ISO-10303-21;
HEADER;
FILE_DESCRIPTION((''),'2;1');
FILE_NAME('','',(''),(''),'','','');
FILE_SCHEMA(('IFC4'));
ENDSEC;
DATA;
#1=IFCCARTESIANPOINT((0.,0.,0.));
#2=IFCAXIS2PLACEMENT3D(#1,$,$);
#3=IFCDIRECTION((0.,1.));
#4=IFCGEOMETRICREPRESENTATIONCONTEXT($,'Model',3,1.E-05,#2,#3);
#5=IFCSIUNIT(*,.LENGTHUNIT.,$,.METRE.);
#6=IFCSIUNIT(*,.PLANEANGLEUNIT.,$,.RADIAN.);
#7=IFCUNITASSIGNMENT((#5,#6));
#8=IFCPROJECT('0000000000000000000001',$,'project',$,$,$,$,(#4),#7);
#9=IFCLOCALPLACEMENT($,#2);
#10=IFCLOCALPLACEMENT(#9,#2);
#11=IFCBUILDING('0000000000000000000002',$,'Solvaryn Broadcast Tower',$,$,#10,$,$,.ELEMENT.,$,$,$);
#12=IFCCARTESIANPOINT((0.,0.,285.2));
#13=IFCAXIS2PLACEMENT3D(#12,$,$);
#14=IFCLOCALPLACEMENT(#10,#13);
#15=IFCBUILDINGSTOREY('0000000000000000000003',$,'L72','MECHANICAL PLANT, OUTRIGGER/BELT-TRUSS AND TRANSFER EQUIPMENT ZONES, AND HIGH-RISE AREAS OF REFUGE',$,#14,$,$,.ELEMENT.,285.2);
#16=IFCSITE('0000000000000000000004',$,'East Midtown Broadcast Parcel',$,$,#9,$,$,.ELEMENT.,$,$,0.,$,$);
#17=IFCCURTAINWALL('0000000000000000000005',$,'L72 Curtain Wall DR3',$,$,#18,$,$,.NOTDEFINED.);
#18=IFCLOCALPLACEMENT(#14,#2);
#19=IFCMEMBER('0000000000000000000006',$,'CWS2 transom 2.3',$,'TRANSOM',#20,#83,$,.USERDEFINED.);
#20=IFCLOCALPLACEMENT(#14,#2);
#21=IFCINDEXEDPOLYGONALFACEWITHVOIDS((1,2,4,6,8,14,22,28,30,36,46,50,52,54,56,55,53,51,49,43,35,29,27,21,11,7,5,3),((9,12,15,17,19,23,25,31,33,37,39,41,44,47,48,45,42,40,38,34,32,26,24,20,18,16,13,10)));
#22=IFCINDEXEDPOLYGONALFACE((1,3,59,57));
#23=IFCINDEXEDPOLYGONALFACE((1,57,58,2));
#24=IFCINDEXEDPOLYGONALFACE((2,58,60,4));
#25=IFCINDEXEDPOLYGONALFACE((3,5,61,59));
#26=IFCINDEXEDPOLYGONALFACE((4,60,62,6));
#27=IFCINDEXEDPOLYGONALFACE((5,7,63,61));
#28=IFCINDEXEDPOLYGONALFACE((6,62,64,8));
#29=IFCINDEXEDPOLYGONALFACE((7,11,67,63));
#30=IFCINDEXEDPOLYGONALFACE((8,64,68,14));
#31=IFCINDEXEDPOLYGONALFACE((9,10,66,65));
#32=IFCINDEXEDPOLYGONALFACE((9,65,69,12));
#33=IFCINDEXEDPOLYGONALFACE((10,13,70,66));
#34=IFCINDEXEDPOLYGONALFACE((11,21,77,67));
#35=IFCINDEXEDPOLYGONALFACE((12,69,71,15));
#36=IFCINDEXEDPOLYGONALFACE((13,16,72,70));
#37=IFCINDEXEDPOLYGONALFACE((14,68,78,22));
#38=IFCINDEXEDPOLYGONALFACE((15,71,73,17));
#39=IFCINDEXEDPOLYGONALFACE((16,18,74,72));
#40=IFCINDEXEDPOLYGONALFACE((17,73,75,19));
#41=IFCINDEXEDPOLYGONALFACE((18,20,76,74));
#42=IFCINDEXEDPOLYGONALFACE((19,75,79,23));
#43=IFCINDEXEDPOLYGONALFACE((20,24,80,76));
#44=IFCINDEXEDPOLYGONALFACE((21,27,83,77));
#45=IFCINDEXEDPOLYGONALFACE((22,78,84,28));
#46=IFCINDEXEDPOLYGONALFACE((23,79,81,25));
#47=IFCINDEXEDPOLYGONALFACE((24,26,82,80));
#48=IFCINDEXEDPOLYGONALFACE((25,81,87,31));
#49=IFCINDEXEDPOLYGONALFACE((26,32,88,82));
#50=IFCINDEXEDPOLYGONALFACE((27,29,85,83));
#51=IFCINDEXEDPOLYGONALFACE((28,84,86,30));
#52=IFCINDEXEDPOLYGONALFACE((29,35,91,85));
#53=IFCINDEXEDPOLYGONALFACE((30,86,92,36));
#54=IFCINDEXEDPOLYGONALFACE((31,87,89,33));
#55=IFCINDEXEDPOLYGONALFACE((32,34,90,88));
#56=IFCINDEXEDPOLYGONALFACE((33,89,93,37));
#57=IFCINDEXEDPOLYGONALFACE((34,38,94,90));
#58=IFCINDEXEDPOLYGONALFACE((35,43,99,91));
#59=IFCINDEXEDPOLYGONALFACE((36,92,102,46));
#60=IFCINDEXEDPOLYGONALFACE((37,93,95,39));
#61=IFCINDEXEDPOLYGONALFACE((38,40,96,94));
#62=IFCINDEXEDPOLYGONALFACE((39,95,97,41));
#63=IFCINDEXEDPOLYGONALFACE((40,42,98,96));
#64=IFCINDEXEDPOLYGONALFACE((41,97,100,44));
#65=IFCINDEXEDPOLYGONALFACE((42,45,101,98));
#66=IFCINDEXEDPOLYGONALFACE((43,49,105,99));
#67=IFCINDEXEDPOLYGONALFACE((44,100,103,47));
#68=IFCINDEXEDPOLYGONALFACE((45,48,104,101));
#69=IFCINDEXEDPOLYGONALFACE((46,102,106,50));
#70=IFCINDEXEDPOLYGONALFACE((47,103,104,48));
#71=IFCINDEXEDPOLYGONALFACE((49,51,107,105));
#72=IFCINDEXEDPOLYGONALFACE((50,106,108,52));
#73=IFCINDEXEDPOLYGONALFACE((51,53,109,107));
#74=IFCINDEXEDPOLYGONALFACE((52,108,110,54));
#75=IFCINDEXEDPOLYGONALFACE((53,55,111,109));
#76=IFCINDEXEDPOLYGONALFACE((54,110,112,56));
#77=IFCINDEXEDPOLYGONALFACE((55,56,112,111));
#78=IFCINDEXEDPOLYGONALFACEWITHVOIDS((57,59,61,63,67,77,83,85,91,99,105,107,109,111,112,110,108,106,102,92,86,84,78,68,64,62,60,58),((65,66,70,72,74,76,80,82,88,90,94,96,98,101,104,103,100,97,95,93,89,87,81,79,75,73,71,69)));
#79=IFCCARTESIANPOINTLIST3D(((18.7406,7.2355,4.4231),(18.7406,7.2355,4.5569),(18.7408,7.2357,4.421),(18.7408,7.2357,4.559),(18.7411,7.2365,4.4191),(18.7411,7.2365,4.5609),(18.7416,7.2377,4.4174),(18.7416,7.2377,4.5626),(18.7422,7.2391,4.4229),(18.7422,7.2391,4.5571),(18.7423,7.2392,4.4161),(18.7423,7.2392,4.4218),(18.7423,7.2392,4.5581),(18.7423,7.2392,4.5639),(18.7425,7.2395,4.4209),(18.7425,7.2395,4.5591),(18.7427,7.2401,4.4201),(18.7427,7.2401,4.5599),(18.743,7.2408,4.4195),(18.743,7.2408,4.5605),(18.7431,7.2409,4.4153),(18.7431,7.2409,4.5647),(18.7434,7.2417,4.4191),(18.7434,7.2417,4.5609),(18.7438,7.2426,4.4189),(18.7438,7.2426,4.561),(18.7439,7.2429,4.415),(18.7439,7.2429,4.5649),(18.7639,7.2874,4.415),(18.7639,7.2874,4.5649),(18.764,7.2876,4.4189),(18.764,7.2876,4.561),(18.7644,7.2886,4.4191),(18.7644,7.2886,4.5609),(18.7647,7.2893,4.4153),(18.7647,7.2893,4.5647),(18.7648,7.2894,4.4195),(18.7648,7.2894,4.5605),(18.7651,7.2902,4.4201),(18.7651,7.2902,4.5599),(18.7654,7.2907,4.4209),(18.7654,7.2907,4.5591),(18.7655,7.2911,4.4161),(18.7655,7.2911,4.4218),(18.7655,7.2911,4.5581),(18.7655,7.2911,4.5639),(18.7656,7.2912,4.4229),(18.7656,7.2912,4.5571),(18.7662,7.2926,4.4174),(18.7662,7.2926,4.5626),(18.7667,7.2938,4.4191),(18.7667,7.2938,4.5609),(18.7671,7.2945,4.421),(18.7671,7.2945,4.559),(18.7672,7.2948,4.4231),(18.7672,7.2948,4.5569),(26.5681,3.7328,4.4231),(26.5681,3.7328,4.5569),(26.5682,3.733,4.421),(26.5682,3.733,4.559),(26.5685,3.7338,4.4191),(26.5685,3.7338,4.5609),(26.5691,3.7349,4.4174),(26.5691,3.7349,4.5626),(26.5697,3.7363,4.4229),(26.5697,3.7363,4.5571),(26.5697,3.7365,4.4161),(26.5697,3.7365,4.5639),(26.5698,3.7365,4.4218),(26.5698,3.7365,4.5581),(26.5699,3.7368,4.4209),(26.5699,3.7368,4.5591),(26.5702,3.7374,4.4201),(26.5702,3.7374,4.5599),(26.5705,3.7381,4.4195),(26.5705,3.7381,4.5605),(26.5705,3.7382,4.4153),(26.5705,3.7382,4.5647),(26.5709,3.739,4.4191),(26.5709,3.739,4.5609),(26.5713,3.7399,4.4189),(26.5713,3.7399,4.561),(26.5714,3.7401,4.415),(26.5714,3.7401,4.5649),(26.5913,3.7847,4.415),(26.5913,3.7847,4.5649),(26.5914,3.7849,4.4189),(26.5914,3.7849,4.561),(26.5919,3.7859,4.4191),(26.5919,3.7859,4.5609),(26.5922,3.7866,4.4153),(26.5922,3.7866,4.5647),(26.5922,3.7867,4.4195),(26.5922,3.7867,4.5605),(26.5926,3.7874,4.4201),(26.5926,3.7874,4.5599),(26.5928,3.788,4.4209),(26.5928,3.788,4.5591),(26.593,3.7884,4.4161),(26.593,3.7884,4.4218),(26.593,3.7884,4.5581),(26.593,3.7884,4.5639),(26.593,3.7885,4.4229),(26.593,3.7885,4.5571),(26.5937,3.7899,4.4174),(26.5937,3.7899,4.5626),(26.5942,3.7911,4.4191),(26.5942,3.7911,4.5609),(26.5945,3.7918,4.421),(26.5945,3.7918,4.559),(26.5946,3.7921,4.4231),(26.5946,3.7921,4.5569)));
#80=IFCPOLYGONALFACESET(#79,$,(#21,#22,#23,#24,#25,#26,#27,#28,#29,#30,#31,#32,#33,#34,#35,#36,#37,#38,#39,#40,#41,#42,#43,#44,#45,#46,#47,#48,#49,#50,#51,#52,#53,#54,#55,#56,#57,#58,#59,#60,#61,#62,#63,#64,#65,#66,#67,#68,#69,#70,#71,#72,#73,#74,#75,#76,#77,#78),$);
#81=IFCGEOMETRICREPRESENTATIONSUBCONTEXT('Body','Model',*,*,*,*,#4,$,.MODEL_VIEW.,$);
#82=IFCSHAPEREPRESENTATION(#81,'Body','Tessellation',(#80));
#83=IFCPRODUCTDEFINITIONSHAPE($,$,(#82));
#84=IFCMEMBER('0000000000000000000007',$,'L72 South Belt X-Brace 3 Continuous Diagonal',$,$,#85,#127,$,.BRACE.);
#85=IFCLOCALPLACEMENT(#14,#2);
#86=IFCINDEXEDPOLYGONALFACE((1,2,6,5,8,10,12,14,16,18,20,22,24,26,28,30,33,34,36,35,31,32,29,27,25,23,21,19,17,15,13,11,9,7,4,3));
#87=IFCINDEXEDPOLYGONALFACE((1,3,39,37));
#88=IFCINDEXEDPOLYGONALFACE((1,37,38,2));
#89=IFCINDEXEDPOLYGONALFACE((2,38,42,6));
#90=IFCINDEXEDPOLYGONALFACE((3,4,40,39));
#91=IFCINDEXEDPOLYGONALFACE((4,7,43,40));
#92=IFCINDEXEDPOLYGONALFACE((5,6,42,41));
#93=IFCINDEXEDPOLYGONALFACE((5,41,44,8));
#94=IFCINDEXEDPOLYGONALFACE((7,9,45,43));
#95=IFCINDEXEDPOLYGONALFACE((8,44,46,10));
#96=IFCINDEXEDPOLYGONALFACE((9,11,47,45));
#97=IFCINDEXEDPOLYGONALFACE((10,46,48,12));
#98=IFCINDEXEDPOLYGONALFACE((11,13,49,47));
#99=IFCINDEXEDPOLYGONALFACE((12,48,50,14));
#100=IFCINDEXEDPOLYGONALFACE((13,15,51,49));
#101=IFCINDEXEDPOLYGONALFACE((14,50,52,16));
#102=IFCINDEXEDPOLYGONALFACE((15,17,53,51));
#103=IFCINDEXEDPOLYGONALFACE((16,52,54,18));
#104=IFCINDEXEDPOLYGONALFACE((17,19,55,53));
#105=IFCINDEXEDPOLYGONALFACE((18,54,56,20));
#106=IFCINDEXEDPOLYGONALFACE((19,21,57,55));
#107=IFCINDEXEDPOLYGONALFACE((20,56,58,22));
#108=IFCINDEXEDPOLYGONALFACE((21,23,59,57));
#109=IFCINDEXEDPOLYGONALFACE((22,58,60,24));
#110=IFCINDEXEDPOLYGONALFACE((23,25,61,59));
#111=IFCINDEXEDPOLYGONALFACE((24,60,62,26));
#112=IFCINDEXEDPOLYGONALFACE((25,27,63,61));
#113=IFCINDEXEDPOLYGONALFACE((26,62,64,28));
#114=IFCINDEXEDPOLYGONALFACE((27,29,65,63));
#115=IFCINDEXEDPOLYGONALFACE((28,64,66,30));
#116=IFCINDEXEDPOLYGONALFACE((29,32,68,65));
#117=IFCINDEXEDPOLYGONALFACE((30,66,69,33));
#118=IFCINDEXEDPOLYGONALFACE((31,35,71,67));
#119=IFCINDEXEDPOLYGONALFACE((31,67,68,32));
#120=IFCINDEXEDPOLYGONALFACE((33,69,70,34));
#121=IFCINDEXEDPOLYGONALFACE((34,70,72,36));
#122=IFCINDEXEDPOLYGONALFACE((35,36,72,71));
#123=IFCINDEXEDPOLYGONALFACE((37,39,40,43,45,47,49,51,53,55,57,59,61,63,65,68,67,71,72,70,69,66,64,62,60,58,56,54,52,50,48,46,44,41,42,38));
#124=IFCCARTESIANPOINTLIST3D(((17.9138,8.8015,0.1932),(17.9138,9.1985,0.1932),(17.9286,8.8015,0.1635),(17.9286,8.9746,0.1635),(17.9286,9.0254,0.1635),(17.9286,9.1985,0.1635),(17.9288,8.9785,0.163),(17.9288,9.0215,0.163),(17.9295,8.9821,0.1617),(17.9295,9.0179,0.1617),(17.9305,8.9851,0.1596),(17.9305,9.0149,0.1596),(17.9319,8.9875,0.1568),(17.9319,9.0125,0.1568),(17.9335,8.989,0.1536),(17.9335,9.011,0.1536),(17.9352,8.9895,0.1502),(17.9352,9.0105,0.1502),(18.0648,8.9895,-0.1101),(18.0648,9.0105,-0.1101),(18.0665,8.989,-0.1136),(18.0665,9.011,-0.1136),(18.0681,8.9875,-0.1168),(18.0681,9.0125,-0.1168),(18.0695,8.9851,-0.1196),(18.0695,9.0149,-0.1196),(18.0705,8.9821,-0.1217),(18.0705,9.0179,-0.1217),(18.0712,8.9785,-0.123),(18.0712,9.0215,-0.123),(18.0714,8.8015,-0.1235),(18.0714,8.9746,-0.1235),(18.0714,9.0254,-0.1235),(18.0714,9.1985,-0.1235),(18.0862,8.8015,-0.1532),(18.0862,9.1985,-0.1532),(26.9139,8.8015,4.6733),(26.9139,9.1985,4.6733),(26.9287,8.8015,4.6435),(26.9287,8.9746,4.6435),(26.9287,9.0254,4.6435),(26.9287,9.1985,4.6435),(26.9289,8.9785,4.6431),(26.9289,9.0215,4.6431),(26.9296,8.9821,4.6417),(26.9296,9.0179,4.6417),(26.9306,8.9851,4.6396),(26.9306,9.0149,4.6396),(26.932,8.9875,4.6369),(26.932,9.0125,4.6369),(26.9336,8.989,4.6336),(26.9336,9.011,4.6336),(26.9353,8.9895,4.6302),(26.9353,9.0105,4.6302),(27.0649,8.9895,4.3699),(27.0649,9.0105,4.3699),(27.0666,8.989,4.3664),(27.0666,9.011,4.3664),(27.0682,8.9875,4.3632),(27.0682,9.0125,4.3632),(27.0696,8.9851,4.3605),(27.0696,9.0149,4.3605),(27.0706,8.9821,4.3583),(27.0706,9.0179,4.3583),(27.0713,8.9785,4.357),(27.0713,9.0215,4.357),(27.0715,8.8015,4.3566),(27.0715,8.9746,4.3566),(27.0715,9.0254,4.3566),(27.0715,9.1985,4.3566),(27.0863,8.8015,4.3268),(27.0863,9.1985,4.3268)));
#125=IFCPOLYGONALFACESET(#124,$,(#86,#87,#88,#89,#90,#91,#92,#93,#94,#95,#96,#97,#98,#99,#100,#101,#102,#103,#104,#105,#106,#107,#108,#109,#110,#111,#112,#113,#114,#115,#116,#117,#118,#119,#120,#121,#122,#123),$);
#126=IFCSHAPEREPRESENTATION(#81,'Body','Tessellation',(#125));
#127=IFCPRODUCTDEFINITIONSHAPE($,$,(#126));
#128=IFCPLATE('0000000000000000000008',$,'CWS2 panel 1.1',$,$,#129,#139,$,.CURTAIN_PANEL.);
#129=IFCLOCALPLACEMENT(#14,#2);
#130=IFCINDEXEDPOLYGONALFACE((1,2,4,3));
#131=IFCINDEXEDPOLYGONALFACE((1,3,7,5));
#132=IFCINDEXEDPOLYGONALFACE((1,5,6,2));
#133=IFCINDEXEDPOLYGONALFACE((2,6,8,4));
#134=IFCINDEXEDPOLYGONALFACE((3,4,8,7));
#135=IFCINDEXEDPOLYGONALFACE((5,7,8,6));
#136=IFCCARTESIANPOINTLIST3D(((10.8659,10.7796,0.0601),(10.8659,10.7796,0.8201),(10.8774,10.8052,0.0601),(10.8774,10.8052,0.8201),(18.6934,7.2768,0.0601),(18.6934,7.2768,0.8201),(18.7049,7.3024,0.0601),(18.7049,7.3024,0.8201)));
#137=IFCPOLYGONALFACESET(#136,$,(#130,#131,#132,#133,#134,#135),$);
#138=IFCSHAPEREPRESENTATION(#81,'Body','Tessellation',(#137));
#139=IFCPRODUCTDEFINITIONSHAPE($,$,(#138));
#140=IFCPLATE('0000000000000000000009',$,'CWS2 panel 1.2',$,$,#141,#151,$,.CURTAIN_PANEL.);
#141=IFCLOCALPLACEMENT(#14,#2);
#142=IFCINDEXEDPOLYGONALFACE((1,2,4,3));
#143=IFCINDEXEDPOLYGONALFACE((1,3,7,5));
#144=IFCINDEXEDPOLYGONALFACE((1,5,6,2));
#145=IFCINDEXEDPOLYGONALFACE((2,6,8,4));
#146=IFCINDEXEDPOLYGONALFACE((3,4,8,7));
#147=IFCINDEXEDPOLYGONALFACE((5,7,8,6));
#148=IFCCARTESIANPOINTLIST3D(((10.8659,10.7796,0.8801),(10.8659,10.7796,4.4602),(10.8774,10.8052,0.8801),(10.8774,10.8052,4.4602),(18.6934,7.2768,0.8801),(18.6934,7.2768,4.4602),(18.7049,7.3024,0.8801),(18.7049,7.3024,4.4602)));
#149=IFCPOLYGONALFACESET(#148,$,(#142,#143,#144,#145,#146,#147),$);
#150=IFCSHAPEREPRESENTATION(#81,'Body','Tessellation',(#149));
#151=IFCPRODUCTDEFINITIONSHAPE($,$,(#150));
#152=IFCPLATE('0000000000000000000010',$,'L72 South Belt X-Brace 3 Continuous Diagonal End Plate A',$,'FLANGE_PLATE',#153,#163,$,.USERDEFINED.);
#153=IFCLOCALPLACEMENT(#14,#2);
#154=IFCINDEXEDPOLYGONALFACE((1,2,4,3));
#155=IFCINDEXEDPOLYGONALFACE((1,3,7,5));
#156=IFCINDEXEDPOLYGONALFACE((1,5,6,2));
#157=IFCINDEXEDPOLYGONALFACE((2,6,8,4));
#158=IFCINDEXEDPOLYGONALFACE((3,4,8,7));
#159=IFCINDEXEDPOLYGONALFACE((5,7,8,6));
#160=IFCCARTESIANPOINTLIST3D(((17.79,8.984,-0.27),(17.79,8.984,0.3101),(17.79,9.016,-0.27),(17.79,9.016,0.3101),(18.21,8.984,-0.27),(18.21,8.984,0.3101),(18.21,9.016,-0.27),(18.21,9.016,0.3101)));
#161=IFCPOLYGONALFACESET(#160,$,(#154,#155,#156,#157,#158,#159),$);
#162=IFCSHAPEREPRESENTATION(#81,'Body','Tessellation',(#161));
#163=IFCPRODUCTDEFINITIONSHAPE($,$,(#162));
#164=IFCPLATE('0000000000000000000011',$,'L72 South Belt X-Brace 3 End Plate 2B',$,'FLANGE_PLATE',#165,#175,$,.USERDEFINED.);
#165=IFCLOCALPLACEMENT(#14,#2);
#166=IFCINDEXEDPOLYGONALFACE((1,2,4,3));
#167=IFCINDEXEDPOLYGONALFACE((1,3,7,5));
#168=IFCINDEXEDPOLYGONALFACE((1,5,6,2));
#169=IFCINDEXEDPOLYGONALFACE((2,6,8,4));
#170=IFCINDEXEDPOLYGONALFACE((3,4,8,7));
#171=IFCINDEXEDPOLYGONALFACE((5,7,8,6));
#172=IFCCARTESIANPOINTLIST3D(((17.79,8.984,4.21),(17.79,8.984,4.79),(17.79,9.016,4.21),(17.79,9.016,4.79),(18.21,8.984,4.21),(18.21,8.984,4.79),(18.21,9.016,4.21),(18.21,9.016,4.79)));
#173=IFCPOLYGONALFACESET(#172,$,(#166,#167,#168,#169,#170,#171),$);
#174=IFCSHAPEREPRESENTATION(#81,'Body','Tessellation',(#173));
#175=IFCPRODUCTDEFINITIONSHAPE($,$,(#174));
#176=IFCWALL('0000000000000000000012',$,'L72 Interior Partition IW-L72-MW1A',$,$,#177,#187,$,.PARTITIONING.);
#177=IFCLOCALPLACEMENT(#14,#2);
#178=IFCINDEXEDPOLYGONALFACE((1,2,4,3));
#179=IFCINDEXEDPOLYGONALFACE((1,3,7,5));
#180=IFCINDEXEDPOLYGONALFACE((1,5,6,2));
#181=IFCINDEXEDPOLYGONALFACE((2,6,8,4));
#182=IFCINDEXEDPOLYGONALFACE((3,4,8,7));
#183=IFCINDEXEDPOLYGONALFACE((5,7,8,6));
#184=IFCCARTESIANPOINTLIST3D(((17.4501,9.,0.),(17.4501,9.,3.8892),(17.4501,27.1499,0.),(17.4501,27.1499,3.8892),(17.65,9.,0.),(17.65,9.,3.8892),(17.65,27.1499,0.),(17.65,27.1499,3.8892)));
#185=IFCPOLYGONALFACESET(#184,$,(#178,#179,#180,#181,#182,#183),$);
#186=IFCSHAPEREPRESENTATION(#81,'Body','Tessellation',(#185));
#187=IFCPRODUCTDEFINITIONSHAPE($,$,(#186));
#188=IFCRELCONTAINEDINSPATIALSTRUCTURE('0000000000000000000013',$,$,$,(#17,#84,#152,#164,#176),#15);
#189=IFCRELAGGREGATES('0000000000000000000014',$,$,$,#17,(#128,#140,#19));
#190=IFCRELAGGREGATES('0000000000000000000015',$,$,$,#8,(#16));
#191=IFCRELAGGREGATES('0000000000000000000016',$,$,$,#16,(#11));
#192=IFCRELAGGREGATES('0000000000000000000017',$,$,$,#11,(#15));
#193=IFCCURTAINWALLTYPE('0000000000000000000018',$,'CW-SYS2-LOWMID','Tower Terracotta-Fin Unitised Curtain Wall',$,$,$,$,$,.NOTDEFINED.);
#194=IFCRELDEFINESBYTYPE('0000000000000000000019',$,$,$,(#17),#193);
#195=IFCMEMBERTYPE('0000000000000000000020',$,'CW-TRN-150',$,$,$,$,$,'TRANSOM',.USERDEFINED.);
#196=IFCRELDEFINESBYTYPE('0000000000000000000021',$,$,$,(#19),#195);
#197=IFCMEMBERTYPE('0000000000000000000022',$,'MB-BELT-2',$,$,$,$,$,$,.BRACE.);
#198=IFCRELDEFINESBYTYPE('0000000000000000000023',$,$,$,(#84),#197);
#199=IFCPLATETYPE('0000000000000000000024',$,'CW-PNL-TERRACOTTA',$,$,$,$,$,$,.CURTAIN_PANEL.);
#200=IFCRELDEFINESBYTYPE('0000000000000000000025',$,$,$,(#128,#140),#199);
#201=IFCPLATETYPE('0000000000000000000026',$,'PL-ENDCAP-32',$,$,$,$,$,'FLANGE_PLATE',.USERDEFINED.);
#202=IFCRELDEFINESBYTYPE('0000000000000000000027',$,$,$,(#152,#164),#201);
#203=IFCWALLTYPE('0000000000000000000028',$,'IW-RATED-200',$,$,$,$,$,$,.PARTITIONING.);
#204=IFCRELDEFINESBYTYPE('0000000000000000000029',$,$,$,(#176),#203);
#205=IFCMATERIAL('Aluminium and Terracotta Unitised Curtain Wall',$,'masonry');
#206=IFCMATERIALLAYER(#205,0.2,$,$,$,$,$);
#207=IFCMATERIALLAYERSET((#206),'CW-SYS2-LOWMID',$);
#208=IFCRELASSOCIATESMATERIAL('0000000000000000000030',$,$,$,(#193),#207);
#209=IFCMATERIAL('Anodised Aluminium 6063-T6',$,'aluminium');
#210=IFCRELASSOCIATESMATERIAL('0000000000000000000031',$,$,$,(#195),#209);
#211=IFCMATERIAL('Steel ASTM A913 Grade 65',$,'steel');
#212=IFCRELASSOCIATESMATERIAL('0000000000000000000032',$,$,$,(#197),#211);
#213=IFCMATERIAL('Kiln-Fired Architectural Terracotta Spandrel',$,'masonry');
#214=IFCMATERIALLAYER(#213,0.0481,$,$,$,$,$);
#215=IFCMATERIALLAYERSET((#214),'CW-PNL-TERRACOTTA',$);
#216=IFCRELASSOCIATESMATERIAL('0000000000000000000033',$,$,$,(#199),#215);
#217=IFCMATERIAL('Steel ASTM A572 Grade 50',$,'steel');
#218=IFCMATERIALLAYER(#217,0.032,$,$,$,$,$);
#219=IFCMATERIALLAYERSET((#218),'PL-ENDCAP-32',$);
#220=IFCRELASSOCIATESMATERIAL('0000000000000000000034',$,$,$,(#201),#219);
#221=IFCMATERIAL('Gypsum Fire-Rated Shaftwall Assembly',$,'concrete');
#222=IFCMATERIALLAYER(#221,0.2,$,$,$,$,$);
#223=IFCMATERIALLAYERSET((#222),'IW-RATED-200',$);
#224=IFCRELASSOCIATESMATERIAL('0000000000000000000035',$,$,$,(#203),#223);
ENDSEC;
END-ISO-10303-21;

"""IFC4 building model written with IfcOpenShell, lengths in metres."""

from ifc_helpers import new_model, si_unit, direction, frame, frame_2d, origin, origin_2d, place, context, subcontext, project, spatial, rectangle, hollow_rectangle, i_section, extrude, material, layer, layer_set, material_profile, profile_set, type_object, element, aggregate, save


model = new_model("IFC4")

# Units and contexts
model_context = context("Model", 3, precision=1e-05, world=origin(), true_north=direction((0.0, 1.0)))
body_context = subcontext(model_context, "Body", "Model", "MODEL_VIEW")
ifc_project = project(units=[si_unit("LENGTHUNIT", "METRE"), si_unit("PLANEANGLEUNIT", "RADIAN")], contexts=[model_context])

# Site, building, storey
site_placement = place(None, origin())
site = spatial("IfcSite", under=ifc_project, at=site_placement, Name="East Midtown Broadcast Parcel", CompositionType="ELEMENT", RefElevation=0.0)
building_placement = place(site_placement, origin())
building = spatial("IfcBuilding", under=site, at=building_placement, Name="Solvaryn Broadcast Tower", CompositionType="ELEMENT")
storey_placement = place(building_placement, frame((0.0, 0.0, 285.2)))
storey = spatial("IfcBuildingStorey", under=building, at=storey_placement, Name="L72", Description="MECHANICAL PLANT, OUTRIGGER/BELT-TRUSS AND TRANSFER EQUIPMENT ZONES, AND HIGH-RISE AREAS OF REFUGE", CompositionType="ELEMENT", Elevation=285.2)

# Curtain wall, member
ifc_material_1 = material(Name="Aluminium and Terracotta Unitised Curtain Wall", Category="masonry")
ifc_layer_1 = layer(ifc_material_1, 0.2)
ifc_layer_set_1 = layer_set([ifc_layer_1], Name="CW-SYS2-LOWMID")
curtain_wall_type = type_object("IfcCurtainWallType", Name="CW-SYS2-LOWMID", Description="Tower Terracotta-Fin Unitised Curtain Wall", PredefinedType="NOTDEFINED", material=ifc_layer_set_1)
curtain_wall_placement = place(storey_placement, origin())
curtain_wall = element("IfcCurtainWall", 1, at=curtain_wall_placement, inside=storey, type_object=curtain_wall_type, Name="L72 Curtain Wall DR3", PredefinedType="NOTDEFINED")
ifc_material_2 = material(Name="Anodised Aluminium 6063-T6", Category="aluminium")
ifc_material_profile_1 = material_profile(ifc_material_2, hollow_rectangle(XDim=0.0649, YDim=0.1499, WallThickness=0.0039, InnerFilletRadius=0.0039, OuterFilletRadius=0.0081, at=origin_2d()))
ifc_profile_set_1 = profile_set([ifc_material_profile_1], Name="Anodised Aluminium 6063-T6")
member_type_1 = type_object("IfcMemberType", Name="CW-TRN-150", ElementType="TRANSOM", PredefinedType="USERDEFINED", material=ifc_profile_set_1)
member_1_placement = place(storey_placement, frame((18.7539, 7.2651, 4.49), z_axis=(0.912777, -0.408459, 0.0), x_axis=(0.408459, 0.912777, 0.0)))
member_1 = element("IfcMember", 2, at=member_1_placement, type_object=member_type_1, Name="CWS2 transom 2.3", ObjectType="TRANSOM", PredefinedType="USERDEFINED", context=body_context, shape_type="SweptSolid", body=[
    extrude(hollow_rectangle(XDim=0.0649, YDim=0.1499, WallThickness=0.0039, InnerFilletRadius=0.0039, OuterFilletRadius=0.0081, at=origin_2d()), origin(), (0.0, 0.0, 1.0), 8.5754),
])

# Member
ifc_material_3 = material(Name="Steel ASTM A913 Grade 65", Category="steel")
ifc_material_profile_2 = material_profile(ifc_material_3, i_section(OverallWidth=0.397, OverallDepth=0.387, WebThickness=0.021, FlangeThickness=0.0332, FilletRadius=0.0149, at=origin_2d()))
ifc_profile_set_2 = profile_set([ifc_material_profile_2], Name="Steel ASTM A913 Grade 65")
member_type_2 = type_object("IfcMemberType", Name="MB-BELT-2", PredefinedType="BRACE", material=ifc_profile_set_2)
member_2_placement = place(storey_placement, frame((18.0, 9.0, 0.02), z_axis=(0.895222, 0.0, 0.44562), x_axis=(0.0, 1.0, 0.0)))
element("IfcMember", 3, at=member_2_placement, inside=storey, type_object=member_type_2, Name="L72 South Belt X-Brace 3 Continuous Diagonal", PredefinedType="BRACE", context=body_context, shape_type="SweptSolid", body=[
    extrude(i_section(OverallWidth=0.397, OverallDepth=0.387, WebThickness=0.021, FlangeThickness=0.0332, FilletRadius=0.0149, at=origin_2d()), origin(), (0.0, 0.0, 1.0), 10.0535),
])

# Plates
ifc_material_4 = material(Name="Kiln-Fired Architectural Terracotta Spandrel", Category="masonry")
ifc_layer_2 = layer(ifc_material_4, 0.0481)
ifc_layer_set_2 = layer_set([ifc_layer_2], Name="CW-PNL-TERRACOTTA")
plate_type_1 = type_object("IfcPlateType", Name="CW-PNL-TERRACOTTA", PredefinedType="CURTAIN_PANEL", material=ifc_layer_set_2)
plate_1_placement = place(storey_placement, frame((14.7854, 9.041, 0.0601), z_axis=(0.0, 0.0, 1.0), x_axis=(0.912774, -0.408466, 0.0)))
plate_1 = element("IfcPlate", 4, at=plate_1_placement, type_object=plate_type_1, Name="CWS2 panel 1.1", PredefinedType="CURTAIN_PANEL", context=body_context, shape_type="SweptSolid", body=[
    extrude(rectangle(XDim=8.5754, YDim=0.0281, at=origin_2d()), origin(), (0.0, 0.0, 1.0), 0.76),
])
plate_2_placement = place(storey_placement, frame((14.7854, 9.041, 0.8801), z_axis=(0.0, 0.0, 1.0), x_axis=(0.912774, -0.408466, 0.0)))
plate_2 = element("IfcPlate", 5, at=plate_2_placement, type_object=plate_type_1, Name="CWS2 panel 1.2", PredefinedType="CURTAIN_PANEL", context=body_context, shape_type="SweptSolid", body=[
    extrude(rectangle(XDim=8.5754, YDim=0.0281, at=origin_2d()), origin(), (0.0, 0.0, 1.0), 3.5801),
])
aggregate(curtain_wall, [plate_1, plate_2, member_1])

# Plates
ifc_material_5 = material(Name="Steel ASTM A572 Grade 50", Category="steel")
ifc_layer_3 = layer(ifc_material_5, 0.032)
ifc_layer_set_3 = layer_set([ifc_layer_3], Name="PL-ENDCAP-32")
plate_type_2 = type_object("IfcPlateType", Name="PL-ENDCAP-32", ElementType="FLANGE_PLATE", PredefinedType="USERDEFINED", material=ifc_layer_set_3)
for number, where, z_axis, x_axis, name in (
    (6, (18.0, 9.0, -0.27), (0.0, 0.0, 1.0), (1.0, 0.0, 0.0), "L72 South Belt X-Brace 3 Continuous Diagonal End Plate A"),
    (7, (18.0, 9.0, 4.21), (0.0, 0.0, 1.0), (1.0, 0.0, 0.0), "L72 South Belt X-Brace 3 End Plate 2B"),
):
    element("IfcPlate", number, at=place(storey_placement, frame(where, z_axis=z_axis, x_axis=x_axis)), inside=storey, type_object=plate_type_2, Name=name, ObjectType="FLANGE_PLATE", PredefinedType="USERDEFINED", context=body_context, shape_type="SweptSolid", body=[
        extrude(rectangle(XDim=0.4199, YDim=0.032, at=origin_2d()), origin(), (0.0, 0.0, 1.0), 0.5801),
    ])

# Wall
ifc_material_6 = material(Name="Gypsum Fire-Rated Shaftwall Assembly", Category="concrete")
ifc_layer_4 = layer(ifc_material_6, 0.2)
ifc_layer_set_4 = layer_set([ifc_layer_4], Name="IW-RATED-200")
wall_type = type_object("IfcWallType", Name="IW-RATED-200", PredefinedType="PARTITIONING", material=ifc_layer_set_4)
wall_1_placement = place(storey_placement, frame((17.55, 9.0, 0.0), z_axis=(0.0, 0.0, 1.0), x_axis=(0.0, 1.0, 0.0)))
element("IfcWall", 8, at=wall_1_placement, inside=storey, type_object=wall_type, Name="L72 Interior Partition IW-L72-MW1A", PredefinedType="PARTITIONING", context=body_context, shape_type="SweptSolid", body=[
    extrude(rectangle(XDim=18.1499, YDim=0.2, at=frame_2d((9.075, 0.0))), origin(), (0.0, 0.0, 1.0), 3.8892),
])

save(model, "model.ifc")
